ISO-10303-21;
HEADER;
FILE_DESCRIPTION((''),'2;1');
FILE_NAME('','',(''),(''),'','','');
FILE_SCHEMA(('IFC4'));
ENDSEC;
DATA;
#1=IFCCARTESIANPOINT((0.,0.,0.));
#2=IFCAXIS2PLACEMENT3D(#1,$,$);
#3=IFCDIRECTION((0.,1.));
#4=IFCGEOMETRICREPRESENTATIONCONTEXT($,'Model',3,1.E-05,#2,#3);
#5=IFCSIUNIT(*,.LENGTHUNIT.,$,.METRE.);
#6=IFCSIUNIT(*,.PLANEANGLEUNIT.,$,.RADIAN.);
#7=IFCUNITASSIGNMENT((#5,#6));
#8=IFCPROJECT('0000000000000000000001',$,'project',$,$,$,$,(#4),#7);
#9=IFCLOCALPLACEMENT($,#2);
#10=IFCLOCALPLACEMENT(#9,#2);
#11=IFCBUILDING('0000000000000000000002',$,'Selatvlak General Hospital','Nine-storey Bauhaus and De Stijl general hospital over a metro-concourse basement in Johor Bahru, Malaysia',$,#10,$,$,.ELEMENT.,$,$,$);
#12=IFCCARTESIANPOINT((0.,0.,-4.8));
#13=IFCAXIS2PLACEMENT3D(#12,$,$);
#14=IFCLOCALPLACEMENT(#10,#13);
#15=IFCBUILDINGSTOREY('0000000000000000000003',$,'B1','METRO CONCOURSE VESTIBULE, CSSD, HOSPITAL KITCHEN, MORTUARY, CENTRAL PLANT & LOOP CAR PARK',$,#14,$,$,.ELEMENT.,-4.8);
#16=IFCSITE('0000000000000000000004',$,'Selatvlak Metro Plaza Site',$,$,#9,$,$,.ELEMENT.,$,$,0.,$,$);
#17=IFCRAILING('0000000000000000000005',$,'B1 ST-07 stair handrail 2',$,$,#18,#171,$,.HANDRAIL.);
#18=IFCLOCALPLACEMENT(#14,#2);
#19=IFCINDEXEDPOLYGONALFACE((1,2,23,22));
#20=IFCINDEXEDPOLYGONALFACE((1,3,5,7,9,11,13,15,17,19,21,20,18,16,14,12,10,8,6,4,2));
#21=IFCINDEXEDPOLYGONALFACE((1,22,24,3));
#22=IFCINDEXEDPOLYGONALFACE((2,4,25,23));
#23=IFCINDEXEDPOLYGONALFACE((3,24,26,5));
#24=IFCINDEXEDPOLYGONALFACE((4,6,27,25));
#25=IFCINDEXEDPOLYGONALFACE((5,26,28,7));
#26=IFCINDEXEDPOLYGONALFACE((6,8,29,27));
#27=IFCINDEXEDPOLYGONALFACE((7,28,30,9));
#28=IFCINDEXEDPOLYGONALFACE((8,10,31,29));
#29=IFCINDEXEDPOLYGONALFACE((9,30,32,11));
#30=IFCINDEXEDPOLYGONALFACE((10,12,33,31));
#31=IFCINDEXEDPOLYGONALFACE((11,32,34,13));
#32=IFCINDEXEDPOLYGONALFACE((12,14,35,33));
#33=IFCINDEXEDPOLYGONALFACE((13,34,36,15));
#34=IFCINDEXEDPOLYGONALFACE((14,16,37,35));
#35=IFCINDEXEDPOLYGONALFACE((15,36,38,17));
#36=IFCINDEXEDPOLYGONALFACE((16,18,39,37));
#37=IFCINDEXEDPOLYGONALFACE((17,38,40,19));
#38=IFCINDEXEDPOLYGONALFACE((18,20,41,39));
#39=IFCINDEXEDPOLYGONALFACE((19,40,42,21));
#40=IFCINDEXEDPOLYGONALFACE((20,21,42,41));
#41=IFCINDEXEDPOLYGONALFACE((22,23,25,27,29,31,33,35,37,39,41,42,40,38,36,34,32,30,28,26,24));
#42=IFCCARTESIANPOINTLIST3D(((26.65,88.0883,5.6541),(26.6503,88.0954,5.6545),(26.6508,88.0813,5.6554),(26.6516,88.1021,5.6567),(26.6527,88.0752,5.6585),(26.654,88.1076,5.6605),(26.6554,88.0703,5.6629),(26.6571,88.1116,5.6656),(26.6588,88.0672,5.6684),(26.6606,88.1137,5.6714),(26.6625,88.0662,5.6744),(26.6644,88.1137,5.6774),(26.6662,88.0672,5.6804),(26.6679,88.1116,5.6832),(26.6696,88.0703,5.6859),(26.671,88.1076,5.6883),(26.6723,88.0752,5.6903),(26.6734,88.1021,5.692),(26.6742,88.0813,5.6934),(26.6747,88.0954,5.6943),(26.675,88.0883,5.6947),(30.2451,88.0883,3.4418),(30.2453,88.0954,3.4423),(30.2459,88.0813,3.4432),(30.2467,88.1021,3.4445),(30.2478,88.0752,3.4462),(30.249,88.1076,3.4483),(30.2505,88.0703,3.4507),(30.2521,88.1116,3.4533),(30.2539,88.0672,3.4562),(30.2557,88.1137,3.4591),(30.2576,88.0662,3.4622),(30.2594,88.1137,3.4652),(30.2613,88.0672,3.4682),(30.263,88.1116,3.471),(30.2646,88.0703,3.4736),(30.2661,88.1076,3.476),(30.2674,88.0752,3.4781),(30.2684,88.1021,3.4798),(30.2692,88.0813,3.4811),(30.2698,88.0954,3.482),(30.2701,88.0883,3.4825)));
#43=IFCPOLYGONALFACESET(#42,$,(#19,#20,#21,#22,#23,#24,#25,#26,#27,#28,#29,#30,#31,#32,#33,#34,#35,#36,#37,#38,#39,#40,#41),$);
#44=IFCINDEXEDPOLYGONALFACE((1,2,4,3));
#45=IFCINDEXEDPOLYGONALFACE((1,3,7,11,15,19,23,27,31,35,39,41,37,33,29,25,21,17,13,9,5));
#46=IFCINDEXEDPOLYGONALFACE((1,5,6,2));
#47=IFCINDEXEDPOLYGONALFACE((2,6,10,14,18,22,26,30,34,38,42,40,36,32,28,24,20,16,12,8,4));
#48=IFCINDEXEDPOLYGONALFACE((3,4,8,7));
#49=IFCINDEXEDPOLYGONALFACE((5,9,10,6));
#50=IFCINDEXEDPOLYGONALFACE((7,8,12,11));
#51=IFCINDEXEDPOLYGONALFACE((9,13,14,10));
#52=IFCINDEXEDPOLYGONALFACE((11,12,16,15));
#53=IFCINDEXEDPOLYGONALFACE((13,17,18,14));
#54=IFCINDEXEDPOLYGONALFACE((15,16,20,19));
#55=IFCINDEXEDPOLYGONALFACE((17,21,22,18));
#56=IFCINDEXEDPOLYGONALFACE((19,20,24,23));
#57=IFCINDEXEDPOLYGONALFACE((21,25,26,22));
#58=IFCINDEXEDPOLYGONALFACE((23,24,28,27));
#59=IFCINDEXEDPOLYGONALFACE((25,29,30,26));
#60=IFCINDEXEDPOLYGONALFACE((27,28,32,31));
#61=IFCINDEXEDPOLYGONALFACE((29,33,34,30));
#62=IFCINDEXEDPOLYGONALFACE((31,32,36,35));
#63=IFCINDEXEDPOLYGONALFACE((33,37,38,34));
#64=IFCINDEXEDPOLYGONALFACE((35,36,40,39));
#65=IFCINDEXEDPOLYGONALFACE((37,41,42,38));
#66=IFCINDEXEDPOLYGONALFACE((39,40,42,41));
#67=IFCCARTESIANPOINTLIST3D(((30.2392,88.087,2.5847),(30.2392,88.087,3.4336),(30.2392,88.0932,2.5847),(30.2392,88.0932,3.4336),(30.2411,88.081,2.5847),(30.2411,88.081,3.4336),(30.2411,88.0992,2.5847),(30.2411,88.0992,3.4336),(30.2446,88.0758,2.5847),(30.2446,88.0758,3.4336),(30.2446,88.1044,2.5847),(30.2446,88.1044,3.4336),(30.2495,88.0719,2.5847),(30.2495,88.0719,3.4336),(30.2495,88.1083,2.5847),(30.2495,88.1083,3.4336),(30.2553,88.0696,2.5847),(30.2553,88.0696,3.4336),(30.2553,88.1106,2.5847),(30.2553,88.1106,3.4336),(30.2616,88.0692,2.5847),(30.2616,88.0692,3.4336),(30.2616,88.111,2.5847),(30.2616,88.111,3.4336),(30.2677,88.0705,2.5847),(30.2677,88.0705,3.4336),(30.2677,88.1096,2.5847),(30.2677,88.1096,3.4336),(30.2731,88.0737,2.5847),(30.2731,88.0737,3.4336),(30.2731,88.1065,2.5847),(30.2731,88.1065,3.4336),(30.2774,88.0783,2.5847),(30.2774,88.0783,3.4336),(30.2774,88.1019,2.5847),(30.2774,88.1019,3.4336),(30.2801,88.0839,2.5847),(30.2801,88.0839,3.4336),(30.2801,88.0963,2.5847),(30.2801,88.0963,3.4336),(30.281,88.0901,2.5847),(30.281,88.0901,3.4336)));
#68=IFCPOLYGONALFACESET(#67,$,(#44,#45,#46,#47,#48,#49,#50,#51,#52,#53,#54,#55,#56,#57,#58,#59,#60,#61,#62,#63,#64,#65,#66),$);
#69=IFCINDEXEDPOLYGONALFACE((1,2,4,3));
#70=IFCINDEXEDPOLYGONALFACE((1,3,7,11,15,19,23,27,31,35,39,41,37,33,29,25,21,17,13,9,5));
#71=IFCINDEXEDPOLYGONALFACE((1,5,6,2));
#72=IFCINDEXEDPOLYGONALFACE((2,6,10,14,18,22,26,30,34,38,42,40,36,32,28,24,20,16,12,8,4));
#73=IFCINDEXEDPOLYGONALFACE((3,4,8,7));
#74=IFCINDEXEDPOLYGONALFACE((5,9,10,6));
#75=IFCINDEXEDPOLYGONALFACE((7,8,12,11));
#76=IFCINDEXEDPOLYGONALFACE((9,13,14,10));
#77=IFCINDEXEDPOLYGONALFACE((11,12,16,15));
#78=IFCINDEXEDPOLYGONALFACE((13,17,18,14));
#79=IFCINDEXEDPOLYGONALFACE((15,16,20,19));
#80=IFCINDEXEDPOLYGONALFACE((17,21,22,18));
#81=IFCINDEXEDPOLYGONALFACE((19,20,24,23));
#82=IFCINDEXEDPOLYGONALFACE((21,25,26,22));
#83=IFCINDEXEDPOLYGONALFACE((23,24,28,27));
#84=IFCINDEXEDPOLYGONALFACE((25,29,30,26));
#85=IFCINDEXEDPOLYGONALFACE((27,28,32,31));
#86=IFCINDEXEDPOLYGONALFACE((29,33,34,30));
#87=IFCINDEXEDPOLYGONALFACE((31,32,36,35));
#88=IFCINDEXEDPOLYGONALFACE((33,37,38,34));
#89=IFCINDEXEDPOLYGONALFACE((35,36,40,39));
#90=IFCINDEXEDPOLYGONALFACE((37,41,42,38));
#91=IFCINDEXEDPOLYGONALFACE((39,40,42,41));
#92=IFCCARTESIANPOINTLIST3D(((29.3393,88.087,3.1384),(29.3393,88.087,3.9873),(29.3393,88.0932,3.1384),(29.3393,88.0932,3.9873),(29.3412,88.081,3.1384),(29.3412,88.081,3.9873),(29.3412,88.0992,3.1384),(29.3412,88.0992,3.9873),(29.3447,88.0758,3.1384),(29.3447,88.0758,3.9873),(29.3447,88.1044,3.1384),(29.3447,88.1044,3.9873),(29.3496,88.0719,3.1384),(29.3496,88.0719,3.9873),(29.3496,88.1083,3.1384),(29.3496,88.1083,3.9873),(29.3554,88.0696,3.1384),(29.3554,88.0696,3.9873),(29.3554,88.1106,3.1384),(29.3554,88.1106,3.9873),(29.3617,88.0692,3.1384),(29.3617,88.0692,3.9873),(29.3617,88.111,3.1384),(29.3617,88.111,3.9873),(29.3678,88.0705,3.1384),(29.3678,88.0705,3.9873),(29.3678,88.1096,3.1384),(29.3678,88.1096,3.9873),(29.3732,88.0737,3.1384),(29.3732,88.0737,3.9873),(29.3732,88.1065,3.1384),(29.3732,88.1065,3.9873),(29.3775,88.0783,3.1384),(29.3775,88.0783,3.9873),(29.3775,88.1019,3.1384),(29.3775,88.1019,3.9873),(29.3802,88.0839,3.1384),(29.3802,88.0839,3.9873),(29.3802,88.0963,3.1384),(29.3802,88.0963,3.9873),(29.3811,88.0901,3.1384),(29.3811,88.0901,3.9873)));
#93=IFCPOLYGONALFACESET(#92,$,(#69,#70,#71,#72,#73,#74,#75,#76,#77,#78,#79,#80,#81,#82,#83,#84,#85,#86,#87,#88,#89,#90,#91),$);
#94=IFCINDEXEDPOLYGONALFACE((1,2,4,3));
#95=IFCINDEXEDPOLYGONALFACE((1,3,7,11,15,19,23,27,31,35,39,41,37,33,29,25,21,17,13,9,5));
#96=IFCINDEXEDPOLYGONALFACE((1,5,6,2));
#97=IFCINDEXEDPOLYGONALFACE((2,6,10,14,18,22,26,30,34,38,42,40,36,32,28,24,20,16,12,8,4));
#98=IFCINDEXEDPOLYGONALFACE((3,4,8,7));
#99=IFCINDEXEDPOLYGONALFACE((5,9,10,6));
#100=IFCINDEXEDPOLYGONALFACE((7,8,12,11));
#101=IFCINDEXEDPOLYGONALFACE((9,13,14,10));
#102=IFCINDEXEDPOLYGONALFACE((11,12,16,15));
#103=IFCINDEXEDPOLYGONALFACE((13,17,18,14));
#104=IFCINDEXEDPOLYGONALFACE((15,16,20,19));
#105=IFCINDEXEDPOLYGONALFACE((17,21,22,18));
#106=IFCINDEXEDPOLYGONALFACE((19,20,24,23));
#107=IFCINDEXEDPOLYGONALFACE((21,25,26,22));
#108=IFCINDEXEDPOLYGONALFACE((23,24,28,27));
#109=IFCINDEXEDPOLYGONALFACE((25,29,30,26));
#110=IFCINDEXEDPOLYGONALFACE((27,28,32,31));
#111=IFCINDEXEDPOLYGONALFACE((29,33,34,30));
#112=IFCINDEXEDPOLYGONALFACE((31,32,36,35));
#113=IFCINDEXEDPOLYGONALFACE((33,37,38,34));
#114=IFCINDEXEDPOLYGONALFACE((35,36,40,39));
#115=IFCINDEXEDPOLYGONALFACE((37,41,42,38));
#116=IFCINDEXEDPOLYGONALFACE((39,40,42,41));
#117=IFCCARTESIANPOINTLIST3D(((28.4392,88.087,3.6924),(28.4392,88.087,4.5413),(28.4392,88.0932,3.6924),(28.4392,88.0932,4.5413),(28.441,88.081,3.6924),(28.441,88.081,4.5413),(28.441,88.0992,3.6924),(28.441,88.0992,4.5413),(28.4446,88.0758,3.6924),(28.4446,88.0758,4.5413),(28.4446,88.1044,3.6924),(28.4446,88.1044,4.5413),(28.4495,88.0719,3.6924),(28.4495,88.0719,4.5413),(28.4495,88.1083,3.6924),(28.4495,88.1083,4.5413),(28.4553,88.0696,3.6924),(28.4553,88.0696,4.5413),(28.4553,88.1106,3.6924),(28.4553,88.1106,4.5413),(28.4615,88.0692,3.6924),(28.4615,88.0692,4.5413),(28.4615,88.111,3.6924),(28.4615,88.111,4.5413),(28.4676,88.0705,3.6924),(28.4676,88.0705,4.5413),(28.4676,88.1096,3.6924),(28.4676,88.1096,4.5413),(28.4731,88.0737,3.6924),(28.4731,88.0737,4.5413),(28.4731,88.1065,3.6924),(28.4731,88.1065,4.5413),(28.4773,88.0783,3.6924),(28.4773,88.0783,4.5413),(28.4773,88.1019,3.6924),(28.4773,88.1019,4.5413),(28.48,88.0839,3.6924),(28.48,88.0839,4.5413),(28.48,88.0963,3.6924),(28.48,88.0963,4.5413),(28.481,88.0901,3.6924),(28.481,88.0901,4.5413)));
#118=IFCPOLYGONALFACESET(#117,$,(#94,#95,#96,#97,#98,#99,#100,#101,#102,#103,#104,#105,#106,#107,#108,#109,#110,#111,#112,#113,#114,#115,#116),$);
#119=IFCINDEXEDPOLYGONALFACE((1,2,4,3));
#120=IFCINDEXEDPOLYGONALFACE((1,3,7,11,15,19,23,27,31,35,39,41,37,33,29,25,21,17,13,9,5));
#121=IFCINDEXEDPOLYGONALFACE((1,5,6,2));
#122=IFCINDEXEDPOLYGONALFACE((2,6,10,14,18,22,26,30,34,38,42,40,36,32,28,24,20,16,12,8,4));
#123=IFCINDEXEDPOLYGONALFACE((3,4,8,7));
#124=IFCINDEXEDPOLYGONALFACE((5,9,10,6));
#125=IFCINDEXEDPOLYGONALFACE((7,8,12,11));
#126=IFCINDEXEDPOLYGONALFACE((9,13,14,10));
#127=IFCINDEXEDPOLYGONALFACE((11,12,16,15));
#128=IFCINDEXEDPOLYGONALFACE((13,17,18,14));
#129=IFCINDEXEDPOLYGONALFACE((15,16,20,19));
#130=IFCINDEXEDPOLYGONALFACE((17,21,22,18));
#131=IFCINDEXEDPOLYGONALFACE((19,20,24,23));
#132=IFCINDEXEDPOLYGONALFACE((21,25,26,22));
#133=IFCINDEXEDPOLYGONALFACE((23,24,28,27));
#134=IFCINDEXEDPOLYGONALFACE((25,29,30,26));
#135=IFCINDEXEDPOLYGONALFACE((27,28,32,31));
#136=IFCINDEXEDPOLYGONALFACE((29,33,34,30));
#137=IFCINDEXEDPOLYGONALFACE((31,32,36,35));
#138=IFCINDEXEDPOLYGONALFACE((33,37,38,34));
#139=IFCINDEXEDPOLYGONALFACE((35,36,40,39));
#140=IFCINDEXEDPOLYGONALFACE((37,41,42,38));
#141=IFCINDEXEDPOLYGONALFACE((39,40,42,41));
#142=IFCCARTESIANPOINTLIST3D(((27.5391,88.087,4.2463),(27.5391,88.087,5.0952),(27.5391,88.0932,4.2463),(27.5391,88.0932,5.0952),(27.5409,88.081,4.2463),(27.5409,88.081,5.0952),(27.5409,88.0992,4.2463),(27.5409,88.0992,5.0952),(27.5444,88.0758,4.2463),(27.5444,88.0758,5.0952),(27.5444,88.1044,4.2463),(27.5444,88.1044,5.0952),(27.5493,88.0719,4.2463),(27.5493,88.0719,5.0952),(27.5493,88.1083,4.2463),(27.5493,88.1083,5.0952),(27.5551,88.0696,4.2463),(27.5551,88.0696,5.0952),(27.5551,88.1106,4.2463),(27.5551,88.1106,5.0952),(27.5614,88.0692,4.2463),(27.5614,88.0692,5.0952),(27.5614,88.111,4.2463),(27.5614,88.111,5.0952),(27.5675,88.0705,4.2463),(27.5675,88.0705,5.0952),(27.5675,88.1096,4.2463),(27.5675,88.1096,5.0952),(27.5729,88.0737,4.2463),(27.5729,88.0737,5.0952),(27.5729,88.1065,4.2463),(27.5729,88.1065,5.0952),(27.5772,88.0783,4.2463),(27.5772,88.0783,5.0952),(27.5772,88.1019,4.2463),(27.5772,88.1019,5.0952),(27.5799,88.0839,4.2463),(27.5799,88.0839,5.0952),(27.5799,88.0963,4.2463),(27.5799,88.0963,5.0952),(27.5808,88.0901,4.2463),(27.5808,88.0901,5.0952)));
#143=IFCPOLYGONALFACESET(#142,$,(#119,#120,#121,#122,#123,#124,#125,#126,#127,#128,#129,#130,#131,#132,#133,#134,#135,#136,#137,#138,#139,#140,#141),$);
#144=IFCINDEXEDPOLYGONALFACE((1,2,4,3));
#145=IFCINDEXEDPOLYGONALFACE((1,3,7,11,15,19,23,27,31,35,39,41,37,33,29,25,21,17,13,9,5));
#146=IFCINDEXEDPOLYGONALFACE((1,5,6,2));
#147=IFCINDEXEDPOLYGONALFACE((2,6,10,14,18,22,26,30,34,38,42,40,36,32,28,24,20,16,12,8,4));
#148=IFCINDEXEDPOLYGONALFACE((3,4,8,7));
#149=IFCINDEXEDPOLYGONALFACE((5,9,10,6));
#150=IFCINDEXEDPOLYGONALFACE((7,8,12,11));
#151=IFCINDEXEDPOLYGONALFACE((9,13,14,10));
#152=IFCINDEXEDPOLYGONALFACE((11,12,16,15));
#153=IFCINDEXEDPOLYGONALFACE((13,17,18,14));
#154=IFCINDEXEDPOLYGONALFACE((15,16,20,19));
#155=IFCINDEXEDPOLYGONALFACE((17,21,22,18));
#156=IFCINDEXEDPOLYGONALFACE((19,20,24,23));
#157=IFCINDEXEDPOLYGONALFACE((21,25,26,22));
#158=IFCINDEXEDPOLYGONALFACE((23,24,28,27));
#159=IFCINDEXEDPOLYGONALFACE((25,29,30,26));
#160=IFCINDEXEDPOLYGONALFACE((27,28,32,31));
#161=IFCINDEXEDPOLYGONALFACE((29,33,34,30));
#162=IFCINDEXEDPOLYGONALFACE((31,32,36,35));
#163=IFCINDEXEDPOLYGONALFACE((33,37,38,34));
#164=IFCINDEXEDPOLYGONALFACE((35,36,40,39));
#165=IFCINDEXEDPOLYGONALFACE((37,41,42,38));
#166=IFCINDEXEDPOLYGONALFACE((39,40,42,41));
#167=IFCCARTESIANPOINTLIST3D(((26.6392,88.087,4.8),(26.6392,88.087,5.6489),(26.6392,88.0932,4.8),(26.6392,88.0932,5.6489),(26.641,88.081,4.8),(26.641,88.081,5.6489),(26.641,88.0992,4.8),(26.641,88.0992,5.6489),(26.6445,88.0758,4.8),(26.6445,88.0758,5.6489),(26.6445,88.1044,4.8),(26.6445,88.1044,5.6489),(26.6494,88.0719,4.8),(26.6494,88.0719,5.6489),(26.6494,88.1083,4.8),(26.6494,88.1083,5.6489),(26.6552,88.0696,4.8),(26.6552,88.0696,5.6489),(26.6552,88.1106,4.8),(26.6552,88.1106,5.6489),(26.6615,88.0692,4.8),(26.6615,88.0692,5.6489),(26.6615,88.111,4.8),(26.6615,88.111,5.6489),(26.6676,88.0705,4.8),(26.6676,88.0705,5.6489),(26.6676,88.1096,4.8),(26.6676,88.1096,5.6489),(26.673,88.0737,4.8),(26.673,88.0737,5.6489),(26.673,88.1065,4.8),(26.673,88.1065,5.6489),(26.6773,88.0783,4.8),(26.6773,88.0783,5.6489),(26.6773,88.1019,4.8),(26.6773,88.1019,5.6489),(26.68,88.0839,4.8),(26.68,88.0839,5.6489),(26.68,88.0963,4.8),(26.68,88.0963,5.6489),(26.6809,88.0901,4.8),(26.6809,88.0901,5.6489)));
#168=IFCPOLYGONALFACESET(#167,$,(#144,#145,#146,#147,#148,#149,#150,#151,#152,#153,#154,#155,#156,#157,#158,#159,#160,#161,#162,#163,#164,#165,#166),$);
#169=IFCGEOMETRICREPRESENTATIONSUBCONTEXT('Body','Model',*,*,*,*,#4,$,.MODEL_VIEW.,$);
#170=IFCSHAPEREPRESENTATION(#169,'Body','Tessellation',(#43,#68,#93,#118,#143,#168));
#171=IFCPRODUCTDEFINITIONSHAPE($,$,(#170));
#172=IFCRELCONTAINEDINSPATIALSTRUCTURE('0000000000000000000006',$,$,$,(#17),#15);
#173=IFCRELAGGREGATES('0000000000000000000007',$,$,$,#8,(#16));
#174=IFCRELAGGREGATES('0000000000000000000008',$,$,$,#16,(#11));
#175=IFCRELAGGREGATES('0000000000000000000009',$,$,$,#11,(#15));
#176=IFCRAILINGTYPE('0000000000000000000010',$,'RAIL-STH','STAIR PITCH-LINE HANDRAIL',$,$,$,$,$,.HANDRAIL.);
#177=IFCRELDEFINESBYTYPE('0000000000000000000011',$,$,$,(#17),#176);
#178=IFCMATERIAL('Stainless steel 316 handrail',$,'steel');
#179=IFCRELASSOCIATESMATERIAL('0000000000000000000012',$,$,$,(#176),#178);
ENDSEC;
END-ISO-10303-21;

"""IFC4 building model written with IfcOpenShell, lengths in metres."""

from ifc_helpers import new_model, si_unit, direction, frame, origin, origin_2d, place, context, subcontext, project, spatial, circle, extrude, material, type_object, element, save


model = new_model("IFC4")

# Units and contexts
model_context = context("Model", 3, precision=1e-05, world=origin(), true_north=direction((0.0, 1.0)))
body_context = subcontext(model_context, "Body", "Model", "MODEL_VIEW")
ifc_project = project(units=[si_unit("LENGTHUNIT", "METRE"), si_unit("PLANEANGLEUNIT", "RADIAN")], contexts=[model_context])

# Site, building, storey
site_placement = place(None, origin())
site = spatial("IfcSite", under=ifc_project, at=site_placement, Name="Selatvlak Metro Plaza Site", CompositionType="ELEMENT", RefElevation=0.0)
building_placement = place(site_placement, origin())
building = spatial("IfcBuilding", under=site, at=building_placement, Name="Selatvlak General Hospital", Description="Nine-storey Bauhaus and De Stijl general hospital over a metro-concourse basement in Johor Bahru, Malaysia", CompositionType="ELEMENT")
storey_placement = place(building_placement, frame((0.0, 0.0, -4.8)))
storey = spatial("IfcBuildingStorey", under=building, at=storey_placement, Name="B1", Description="METRO CONCOURSE VESTIBULE, CSSD, HOSPITAL KITCHEN, MORTUARY, CENTRAL PLANT & LOOP CAR PARK", CompositionType="ELEMENT", Elevation=-4.8)

# Railing
ifc_material_1 = material(Name="Stainless steel 316 handrail", Category="steel")
railing_type_1 = type_object("IfcRailingType", Name="RAIL-STH", Description="STAIR PITCH-LINE HANDRAIL", PredefinedType="HANDRAIL", material=ifc_material_1)
railing_1_placement = place(storey_placement, frame((30.26, 88.0901, 2.5847)))
element("IfcRailing", 1, at=railing_1_placement, inside=storey, type_object=railing_type_1, Name="B1 ST-07 stair handrail 2", PredefinedType="HANDRAIL", context=body_context, shape_type="SweptSolid", body=[
    extrude(circle(Radius=0.0239, at=origin_2d()), frame((-0.0024, 0.0, 0.8774), z_axis=(-0.85167, 0.0, 0.524078), x_axis=(0.0, -1.0, 0.0)), (0.0, 0.0, 1.0), 4.2212),
    extrude(circle(Radius=0.021, at=origin_2d()), origin(), (0.0, 0.0, 1.0), 0.8489),
    extrude(circle(Radius=0.021, at=origin_2d()), frame((-0.8999, 0.0, 0.5537)), (0.0, 0.0, 1.0), 0.8489),
    extrude(circle(Radius=0.021, at=origin_2d()), frame((-1.8, 0.0, 1.1077)), (0.0, 0.0, 1.0), 0.8489),
    extrude(circle(Radius=0.021, at=origin_2d()), frame((-2.7002, 0.0, 1.6616)), (0.0, 0.0, 1.0), 0.8489),
    extrude(circle(Radius=0.021, at=origin_2d()), frame((-3.6001, 0.0, 2.2153)), (0.0, 0.0, 1.0), 0.8489),
])

save(model, "model.ifc")
